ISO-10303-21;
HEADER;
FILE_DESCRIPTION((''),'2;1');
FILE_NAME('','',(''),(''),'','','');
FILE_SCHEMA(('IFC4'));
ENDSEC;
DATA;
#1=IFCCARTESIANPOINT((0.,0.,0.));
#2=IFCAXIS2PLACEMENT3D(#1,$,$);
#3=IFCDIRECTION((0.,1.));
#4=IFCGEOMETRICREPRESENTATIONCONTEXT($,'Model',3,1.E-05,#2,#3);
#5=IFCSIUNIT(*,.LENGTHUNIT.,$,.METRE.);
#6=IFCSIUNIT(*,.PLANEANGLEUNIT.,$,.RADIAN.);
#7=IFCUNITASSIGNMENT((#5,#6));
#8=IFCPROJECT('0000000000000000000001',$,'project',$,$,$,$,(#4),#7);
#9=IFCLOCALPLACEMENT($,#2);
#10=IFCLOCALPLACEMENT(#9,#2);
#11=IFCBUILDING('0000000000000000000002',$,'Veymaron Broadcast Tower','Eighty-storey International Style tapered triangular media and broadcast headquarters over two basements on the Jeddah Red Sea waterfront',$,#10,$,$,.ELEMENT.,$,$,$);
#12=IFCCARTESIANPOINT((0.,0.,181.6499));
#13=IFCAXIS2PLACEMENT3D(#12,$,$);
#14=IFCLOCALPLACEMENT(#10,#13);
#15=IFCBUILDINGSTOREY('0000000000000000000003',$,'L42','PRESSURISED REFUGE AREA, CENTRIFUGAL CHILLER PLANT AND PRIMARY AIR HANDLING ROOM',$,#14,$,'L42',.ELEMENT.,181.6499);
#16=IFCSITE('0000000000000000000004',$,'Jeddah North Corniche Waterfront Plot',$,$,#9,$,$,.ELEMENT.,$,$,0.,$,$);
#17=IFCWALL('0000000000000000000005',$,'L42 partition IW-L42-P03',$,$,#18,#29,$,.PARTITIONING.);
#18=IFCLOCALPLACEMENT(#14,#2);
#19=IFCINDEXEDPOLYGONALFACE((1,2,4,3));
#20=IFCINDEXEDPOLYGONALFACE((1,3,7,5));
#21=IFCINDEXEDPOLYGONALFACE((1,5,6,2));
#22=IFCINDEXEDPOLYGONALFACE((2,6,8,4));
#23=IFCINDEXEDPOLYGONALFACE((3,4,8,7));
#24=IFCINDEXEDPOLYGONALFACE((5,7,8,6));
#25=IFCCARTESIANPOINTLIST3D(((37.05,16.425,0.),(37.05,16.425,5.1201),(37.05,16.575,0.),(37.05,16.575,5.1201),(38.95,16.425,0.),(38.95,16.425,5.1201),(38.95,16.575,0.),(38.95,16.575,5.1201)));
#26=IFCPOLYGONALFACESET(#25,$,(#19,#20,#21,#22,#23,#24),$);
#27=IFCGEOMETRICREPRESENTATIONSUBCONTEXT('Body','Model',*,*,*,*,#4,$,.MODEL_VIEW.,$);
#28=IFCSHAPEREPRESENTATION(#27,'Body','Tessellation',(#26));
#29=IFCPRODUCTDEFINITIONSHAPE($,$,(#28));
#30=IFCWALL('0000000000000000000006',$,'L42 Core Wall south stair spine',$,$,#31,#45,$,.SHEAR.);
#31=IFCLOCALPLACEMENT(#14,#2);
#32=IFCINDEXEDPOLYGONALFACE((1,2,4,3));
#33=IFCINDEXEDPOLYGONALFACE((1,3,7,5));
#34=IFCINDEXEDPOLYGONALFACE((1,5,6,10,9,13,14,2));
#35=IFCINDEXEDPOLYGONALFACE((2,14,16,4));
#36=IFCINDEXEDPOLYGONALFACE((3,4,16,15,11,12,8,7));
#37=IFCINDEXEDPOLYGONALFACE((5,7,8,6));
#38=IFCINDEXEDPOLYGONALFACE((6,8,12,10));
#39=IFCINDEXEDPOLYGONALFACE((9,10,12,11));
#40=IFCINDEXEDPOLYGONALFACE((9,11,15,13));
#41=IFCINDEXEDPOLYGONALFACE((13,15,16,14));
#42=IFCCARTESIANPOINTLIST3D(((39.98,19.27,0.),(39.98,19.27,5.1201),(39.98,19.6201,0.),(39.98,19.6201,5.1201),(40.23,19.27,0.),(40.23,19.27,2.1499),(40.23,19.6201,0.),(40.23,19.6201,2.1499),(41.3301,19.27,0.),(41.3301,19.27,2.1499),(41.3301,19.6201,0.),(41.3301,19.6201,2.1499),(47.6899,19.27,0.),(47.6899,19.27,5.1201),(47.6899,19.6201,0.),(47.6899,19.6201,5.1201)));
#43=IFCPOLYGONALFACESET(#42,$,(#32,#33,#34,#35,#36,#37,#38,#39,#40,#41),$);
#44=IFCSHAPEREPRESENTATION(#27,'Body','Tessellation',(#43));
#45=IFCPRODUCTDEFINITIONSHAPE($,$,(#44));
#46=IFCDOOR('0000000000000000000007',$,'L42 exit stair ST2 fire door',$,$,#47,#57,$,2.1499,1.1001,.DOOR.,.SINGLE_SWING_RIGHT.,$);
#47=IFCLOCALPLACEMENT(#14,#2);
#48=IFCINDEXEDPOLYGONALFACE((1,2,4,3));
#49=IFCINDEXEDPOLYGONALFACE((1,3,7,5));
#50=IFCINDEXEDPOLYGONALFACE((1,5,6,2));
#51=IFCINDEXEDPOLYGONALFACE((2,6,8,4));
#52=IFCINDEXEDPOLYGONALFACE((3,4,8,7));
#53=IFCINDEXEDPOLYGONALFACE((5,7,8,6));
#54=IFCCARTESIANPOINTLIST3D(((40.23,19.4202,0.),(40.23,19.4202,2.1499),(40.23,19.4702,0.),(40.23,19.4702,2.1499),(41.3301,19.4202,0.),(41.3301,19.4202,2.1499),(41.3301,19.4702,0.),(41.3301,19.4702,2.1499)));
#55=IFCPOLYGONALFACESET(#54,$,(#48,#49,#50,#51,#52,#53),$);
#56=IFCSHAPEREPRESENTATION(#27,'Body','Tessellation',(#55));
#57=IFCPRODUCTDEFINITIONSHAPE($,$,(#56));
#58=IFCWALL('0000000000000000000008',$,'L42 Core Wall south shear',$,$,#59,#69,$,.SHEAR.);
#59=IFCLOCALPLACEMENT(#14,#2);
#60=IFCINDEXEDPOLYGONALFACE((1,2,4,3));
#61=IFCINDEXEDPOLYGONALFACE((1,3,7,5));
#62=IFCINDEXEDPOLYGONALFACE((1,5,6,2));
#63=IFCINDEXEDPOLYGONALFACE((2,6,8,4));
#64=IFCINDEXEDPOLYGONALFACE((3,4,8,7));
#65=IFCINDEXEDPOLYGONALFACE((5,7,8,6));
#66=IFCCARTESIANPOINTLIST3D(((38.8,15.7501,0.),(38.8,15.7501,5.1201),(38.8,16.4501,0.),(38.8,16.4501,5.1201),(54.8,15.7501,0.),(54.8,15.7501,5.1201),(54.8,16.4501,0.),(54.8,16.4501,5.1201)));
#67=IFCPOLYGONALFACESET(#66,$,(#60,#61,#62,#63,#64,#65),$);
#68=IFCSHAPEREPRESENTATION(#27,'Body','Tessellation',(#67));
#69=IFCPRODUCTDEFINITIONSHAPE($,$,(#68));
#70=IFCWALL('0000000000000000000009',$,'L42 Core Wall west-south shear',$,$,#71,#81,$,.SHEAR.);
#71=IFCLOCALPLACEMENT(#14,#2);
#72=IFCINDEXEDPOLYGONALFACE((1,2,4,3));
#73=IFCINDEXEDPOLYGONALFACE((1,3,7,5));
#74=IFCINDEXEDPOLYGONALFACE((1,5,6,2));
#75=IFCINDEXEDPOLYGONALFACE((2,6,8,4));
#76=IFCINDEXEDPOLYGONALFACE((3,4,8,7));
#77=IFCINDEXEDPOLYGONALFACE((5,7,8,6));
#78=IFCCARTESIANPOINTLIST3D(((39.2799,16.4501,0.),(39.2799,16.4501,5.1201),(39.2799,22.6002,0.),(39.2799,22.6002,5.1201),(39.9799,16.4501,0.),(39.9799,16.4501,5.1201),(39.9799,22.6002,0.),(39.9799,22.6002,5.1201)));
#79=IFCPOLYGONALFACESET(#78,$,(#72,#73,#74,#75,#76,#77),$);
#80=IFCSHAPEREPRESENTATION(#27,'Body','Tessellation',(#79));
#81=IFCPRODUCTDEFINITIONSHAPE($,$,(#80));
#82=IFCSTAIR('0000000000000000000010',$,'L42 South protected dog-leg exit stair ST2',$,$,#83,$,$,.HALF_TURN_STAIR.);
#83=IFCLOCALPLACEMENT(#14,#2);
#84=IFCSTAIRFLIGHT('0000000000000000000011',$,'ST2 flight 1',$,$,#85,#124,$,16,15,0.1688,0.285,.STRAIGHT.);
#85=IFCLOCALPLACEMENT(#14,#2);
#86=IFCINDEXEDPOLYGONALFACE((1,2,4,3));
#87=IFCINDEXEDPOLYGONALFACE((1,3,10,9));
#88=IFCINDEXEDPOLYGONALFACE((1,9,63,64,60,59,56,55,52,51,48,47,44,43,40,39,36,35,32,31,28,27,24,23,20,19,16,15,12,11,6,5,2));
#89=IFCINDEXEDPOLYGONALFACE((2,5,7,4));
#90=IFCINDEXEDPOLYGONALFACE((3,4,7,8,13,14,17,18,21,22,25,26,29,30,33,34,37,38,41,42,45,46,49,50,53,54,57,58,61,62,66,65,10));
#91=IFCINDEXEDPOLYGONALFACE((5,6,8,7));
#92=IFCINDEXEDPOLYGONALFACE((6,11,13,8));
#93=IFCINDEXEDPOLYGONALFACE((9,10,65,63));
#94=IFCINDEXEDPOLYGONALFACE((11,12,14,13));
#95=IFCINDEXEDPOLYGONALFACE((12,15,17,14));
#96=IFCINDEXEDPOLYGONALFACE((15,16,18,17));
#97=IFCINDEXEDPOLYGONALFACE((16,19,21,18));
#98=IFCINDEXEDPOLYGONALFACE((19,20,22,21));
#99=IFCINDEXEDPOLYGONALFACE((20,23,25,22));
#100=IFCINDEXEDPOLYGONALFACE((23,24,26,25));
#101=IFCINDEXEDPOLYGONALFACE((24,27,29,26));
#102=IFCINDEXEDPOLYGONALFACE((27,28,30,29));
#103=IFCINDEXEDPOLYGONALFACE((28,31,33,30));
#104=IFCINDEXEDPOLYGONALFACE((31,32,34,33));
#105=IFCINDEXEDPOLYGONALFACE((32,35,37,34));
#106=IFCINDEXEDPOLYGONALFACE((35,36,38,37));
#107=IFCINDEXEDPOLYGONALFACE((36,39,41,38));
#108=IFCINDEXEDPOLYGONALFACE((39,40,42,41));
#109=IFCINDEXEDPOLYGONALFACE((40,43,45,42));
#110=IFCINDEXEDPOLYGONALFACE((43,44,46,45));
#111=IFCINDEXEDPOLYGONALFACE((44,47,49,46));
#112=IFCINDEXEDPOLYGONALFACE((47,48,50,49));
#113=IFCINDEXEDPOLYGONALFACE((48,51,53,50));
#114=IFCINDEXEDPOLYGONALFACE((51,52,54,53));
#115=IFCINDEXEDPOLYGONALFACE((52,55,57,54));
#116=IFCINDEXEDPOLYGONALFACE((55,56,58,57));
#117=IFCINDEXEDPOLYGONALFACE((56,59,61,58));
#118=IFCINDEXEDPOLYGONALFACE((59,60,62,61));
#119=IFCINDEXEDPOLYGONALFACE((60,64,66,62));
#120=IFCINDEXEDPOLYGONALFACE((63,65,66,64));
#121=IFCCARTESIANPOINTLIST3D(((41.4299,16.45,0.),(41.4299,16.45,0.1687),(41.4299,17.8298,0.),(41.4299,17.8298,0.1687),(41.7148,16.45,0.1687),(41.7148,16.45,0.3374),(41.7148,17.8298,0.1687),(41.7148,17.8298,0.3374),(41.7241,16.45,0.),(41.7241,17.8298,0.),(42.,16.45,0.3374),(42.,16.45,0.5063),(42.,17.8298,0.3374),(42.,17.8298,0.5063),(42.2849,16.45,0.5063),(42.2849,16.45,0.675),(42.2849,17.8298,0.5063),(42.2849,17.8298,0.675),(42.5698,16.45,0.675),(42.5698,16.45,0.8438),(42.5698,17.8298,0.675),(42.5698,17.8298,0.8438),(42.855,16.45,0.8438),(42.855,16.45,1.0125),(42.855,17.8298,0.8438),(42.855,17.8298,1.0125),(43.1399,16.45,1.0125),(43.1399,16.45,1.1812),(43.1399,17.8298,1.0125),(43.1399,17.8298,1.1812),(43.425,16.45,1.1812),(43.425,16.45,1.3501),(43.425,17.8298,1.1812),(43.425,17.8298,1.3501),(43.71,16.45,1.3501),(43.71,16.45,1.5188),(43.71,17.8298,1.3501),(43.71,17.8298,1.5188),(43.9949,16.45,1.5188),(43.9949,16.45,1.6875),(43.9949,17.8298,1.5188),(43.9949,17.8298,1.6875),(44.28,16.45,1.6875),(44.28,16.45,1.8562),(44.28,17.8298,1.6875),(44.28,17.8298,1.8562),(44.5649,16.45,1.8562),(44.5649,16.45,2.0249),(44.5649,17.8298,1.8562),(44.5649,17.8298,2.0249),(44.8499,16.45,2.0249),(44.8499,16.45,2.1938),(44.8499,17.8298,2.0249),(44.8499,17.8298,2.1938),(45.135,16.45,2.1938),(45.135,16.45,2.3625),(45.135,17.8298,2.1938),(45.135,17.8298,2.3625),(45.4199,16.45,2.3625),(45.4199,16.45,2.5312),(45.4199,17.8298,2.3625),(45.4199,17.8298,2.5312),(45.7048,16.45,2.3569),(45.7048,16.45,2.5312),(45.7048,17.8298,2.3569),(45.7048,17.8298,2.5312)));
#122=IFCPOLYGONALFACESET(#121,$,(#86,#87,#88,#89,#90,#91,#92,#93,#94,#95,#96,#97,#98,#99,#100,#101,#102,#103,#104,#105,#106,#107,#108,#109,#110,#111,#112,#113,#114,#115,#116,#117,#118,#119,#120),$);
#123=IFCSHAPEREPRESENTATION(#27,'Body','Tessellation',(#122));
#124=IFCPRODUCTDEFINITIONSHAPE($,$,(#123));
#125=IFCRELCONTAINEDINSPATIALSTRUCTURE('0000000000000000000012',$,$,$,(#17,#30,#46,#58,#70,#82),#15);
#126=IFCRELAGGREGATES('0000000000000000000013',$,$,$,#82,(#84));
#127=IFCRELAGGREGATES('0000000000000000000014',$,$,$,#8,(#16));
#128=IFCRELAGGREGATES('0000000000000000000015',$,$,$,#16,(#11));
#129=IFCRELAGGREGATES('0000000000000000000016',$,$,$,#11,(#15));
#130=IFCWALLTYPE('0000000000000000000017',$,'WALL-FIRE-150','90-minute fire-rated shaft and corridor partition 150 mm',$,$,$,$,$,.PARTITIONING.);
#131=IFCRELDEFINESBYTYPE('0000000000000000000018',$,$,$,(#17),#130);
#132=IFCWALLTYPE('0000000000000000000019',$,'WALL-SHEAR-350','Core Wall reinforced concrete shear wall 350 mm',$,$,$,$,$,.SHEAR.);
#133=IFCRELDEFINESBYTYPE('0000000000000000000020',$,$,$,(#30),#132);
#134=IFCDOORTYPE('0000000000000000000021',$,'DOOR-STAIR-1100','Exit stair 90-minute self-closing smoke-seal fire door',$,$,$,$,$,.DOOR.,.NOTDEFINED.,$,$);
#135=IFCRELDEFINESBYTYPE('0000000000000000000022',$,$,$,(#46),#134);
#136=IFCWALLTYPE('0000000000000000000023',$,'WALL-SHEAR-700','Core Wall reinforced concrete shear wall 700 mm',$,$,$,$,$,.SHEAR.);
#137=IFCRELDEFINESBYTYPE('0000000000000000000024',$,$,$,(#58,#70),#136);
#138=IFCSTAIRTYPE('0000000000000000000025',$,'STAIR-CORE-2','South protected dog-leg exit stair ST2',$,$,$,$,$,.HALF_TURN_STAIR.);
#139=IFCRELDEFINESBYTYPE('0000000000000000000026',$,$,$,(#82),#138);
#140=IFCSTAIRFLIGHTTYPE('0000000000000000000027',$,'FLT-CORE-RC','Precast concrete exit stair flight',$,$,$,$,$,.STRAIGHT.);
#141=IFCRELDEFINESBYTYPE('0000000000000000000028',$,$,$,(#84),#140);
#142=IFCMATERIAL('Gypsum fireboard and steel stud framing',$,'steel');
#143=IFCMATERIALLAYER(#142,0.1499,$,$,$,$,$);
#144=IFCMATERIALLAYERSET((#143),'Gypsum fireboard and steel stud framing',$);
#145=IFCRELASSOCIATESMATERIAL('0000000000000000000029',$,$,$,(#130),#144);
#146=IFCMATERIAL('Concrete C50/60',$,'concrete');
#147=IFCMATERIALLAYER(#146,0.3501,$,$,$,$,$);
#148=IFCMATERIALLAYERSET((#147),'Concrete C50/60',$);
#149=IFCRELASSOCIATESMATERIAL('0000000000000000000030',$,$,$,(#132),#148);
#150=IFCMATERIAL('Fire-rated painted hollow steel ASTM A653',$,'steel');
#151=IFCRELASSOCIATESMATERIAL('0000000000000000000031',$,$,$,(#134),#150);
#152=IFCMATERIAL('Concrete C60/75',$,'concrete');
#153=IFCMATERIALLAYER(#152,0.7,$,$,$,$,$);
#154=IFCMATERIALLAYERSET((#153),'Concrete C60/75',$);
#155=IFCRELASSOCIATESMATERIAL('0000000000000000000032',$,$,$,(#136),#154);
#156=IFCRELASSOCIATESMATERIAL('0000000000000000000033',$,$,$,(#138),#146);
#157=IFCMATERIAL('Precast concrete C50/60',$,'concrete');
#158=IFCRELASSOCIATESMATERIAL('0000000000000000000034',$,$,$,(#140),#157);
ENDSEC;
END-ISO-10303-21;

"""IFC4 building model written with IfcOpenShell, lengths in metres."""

from ifc_helpers import new_model, si_unit, direction, frame, frame_2d, origin, place, context, subcontext, project, spatial, polyline, rectangle, outline, extrude, material, layer, layer_set, type_object, element, fill, aggregate, save


model = new_model("IFC4")

# Units and contexts
model_context = context("Model", 3, precision=1e-05, world=origin(), true_north=direction((0.0, 1.0)))
body_context = subcontext(model_context, "Body", "Model", "MODEL_VIEW")
ifc_project = project(units=[si_unit("LENGTHUNIT", "METRE"), si_unit("PLANEANGLEUNIT", "RADIAN")], contexts=[model_context])

# Site, building, storey
site_placement = place(None, origin())
site = spatial("IfcSite", under=ifc_project, at=site_placement, Name="Jeddah North Corniche Waterfront Plot", CompositionType="ELEMENT", RefElevation=0.0)
building_placement = place(site_placement, origin())
building = spatial("IfcBuilding", under=site, at=building_placement, Name="Veymaron Broadcast Tower", Description="Eighty-storey International Style tapered triangular media and broadcast headquarters over two basements on the Jeddah Red Sea waterfront", CompositionType="ELEMENT")
storey_placement = place(building_placement, frame((0.0, 0.0, 181.6499)))
storey = spatial("IfcBuildingStorey", under=building, at=storey_placement, Name="L42", Description="PRESSURISED REFUGE AREA, CENTRIFUGAL CHILLER PLANT AND PRIMARY AIR HANDLING ROOM", LongName="L42", CompositionType="ELEMENT", Elevation=181.6499)

# Shared definitions
ifc_material_1 = material(Name="Gypsum fireboard and steel stud framing", Category="steel")
ifc_layer_1 = layer(ifc_material_1, 0.1499)
ifc_layer_set_1 = layer_set([ifc_layer_1], Name="Gypsum fireboard and steel stud framing")
wall_type_1 = type_object("IfcWallType", Name="WALL-FIRE-150", Description="90-minute fire-rated shaft and corridor partition 150 mm", PredefinedType="PARTITIONING", material=ifc_layer_set_1)
ifc_material_2 = material(Name="Fire-rated painted hollow steel ASTM A653", Category="steel")

# Wall
wall_1_placement = place(storey_placement, frame((37.05, 16.5, 0.0), z_axis=(0.0, 0.0, 1.0), x_axis=(1.0, 0.0, 0.0)))
element("IfcWall", 1, at=wall_1_placement, inside=storey, type_object=wall_type_1, Name="L42 partition IW-L42-P03", PredefinedType="PARTITIONING", context=body_context, shape_type="SweptSolid", body=[
    extrude(rectangle(XDim=1.8999, YDim=0.1499, at=frame_2d((0.95, 0.0))), origin(), (0.0, 0.0, 1.0), 5.1201),
])

# Wall, opening, door
ifc_material_3 = material(Name="Concrete C50/60", Category="concrete")
ifc_layer_2 = layer(ifc_material_3, 0.3501)
ifc_layer_set_2 = layer_set([ifc_layer_2], Name="Concrete C50/60")
wall_type_2 = type_object("IfcWallType", Name="WALL-SHEAR-350", Description="Core Wall reinforced concrete shear wall 350 mm", PredefinedType="SHEAR", material=ifc_layer_set_2)
wall_2_placement = place(storey_placement, frame((39.98, 19.4451, 0.0), z_axis=(0.0, 0.0, 1.0), x_axis=(1.0, 0.0, 0.0)))
wall_2 = element("IfcWall", 2, at=wall_2_placement, inside=storey, type_object=wall_type_2, Name="L42 Core Wall south stair spine", PredefinedType="SHEAR", context=body_context, shape_type="SweptSolid", body=[
    extrude(rectangle(XDim=7.71, YDim=0.3501, at=frame_2d((3.855, 0.0))), origin(), (0.0, 0.0, 1.0), 5.1201),
])
opening_1_placement = place(wall_2_placement, frame((0.25, 0.0, 0.0)))
opening_1 = element("IfcOpeningElement", 3, at=opening_1_placement, cuts=wall_2, PredefinedType="OPENING", context=body_context, shape_type="SweptSolid", body=[
    extrude(rectangle(XDim=1.1001, YDim=2.1499, at=frame_2d((0.55, 1.075))), frame((0.0, 0.1851, 0.0), z_axis=(0.0, -1.0, 0.0), x_axis=(1.0, 0.0, 0.0)), (0.0, 0.0, 1.0), 0.3701),
])
door_type_1 = type_object("IfcDoorType", Name="DOOR-STAIR-1100", Description="Exit stair 90-minute self-closing smoke-seal fire door", OperationType="NOTDEFINED", PredefinedType="DOOR", material=ifc_material_2)
door_1_placement = place(opening_1_placement, frame((1.1001, 0.0, 0.0), z_axis=(0.0, 0.0, 1.0), x_axis=(-1.0, 0.0, 0.0)))
door_1 = element("IfcDoor", 4, at=door_1_placement, inside=storey, type_object=door_type_1, Name="L42 exit stair ST2 fire door", OperationType="SINGLE_SWING_RIGHT", OverallHeight=2.1499, OverallWidth=1.1001, PredefinedType="DOOR", context=body_context, shape_type="SweptSolid", body=[
    extrude(rectangle(XDim=1.1001, YDim=2.1499, at=frame_2d((0.55, 1.075))), frame((0.0, 0.0249, 0.0), z_axis=(0.0, -1.0, 0.0), x_axis=(1.0, 0.0, 0.0)), (0.0, 0.0, 1.0), 0.05),
])
fill(opening_1, door_1)

# Walls
ifc_material_4 = material(Name="Concrete C60/75", Category="concrete")
ifc_layer_3 = layer(ifc_material_4, 0.7)
ifc_layer_set_3 = layer_set([ifc_layer_3], Name="Concrete C60/75")
wall_type_3 = type_object("IfcWallType", Name="WALL-SHEAR-700", Description="Core Wall reinforced concrete shear wall 700 mm", PredefinedType="SHEAR", material=ifc_layer_set_3)
wall_3_placement = place(storey_placement, frame((38.8, 16.1001, 0.0), z_axis=(0.0, 0.0, 1.0), x_axis=(1.0, 0.0, 0.0)))
element("IfcWall", 5, at=wall_3_placement, inside=storey, type_object=wall_type_3, Name="L42 Core Wall south shear", PredefinedType="SHEAR", context=body_context, shape_type="SweptSolid", body=[
    extrude(rectangle(XDim=16.0, YDim=0.7, at=frame_2d((8.0, 0.0))), origin(), (0.0, 0.0, 1.0), 5.1201),
])
wall_4_placement = place(storey_placement, frame((39.6299, 16.45, 0.0), z_axis=(0.0, 0.0, 1.0), x_axis=(0.0, 1.0, 0.0)))
element("IfcWall", 6, at=wall_4_placement, inside=storey, type_object=wall_type_3, Name="L42 Core Wall west-south shear", PredefinedType="SHEAR", context=body_context, shape_type="SweptSolid", body=[
    extrude(rectangle(XDim=6.1501, YDim=0.7, at=frame_2d((3.0752, 0.0))), origin(), (0.0, 0.0, 1.0), 5.1201),
])

# Stair, stair flight
stair_type = type_object("IfcStairType", Name="STAIR-CORE-2", Description="South protected dog-leg exit stair ST2", PredefinedType="HALF_TURN_STAIR", material=ifc_material_3)
stair_placement = place(storey_placement, origin())
stair = element("IfcStair", 7, at=stair_placement, inside=storey, type_object=stair_type, Name="L42 South protected dog-leg exit stair ST2", PredefinedType="HALF_TURN_STAIR")
ifc_material_5 = material(Name="Precast concrete C50/60", Category="concrete")
stair_flight_type = type_object("IfcStairFlightType", Name="FLT-CORE-RC", Description="Precast concrete exit stair flight", PredefinedType="STRAIGHT", material=ifc_material_5)
stair_flight_placement = place(storey_placement, frame((41.4299, 17.1399, 0.0), z_axis=(0.0, 0.0, 1.0), x_axis=(1.0, 0.0, 0.0)))
stair_flight = element("IfcStairFlight", 8, at=stair_flight_placement, type_object=stair_flight_type, Name="ST2 flight 1", NumberOfRisers=16, NumberOfTreads=15, PredefinedType="STRAIGHT", RiserHeight=0.1688, TreadLength=0.285, context=body_context, shape_type="SweptSolid", body=[
    extrude(outline(polyline([(0.0, 0.0), (0.0, 0.1687), (0.2849, 0.1687), (0.2849, 0.3374), (0.5701, 0.3374), (0.5701, 0.5063), (0.855, 0.5063), (0.855, 0.675), (1.1399, 0.675), (1.1399, 0.8438), (1.425, 0.8438), (1.425, 1.0125), (1.71, 1.0125), (1.71, 1.1812), (1.9951, 1.1812), (1.9951, 1.3501), (2.28, 1.3501), (2.28, 1.5188), (2.5649, 1.5188), (2.5649, 1.6875), (2.8501, 1.6875), (2.8501, 1.8562), (3.135, 1.8562), (3.135, 2.0249), (3.4199, 2.0249), (3.4199, 2.1938), (3.7051, 2.1938), (3.7051, 2.3625), (3.99, 2.3625), (3.99, 2.5312), (4.2749, 2.5312), (4.2749, 2.7), (4.2749, 2.3569), (0.2942, 0.0), (0.0, 0.0)])), frame((0.0, 0.6899, 0.0), z_axis=(0.0, -1.0, 0.0), x_axis=(1.0, 0.0, 0.0)), (0.0, 0.0, 1.0), 1.3799),
])
aggregate(stair, [stair_flight])

save(model, "model.ifc")
